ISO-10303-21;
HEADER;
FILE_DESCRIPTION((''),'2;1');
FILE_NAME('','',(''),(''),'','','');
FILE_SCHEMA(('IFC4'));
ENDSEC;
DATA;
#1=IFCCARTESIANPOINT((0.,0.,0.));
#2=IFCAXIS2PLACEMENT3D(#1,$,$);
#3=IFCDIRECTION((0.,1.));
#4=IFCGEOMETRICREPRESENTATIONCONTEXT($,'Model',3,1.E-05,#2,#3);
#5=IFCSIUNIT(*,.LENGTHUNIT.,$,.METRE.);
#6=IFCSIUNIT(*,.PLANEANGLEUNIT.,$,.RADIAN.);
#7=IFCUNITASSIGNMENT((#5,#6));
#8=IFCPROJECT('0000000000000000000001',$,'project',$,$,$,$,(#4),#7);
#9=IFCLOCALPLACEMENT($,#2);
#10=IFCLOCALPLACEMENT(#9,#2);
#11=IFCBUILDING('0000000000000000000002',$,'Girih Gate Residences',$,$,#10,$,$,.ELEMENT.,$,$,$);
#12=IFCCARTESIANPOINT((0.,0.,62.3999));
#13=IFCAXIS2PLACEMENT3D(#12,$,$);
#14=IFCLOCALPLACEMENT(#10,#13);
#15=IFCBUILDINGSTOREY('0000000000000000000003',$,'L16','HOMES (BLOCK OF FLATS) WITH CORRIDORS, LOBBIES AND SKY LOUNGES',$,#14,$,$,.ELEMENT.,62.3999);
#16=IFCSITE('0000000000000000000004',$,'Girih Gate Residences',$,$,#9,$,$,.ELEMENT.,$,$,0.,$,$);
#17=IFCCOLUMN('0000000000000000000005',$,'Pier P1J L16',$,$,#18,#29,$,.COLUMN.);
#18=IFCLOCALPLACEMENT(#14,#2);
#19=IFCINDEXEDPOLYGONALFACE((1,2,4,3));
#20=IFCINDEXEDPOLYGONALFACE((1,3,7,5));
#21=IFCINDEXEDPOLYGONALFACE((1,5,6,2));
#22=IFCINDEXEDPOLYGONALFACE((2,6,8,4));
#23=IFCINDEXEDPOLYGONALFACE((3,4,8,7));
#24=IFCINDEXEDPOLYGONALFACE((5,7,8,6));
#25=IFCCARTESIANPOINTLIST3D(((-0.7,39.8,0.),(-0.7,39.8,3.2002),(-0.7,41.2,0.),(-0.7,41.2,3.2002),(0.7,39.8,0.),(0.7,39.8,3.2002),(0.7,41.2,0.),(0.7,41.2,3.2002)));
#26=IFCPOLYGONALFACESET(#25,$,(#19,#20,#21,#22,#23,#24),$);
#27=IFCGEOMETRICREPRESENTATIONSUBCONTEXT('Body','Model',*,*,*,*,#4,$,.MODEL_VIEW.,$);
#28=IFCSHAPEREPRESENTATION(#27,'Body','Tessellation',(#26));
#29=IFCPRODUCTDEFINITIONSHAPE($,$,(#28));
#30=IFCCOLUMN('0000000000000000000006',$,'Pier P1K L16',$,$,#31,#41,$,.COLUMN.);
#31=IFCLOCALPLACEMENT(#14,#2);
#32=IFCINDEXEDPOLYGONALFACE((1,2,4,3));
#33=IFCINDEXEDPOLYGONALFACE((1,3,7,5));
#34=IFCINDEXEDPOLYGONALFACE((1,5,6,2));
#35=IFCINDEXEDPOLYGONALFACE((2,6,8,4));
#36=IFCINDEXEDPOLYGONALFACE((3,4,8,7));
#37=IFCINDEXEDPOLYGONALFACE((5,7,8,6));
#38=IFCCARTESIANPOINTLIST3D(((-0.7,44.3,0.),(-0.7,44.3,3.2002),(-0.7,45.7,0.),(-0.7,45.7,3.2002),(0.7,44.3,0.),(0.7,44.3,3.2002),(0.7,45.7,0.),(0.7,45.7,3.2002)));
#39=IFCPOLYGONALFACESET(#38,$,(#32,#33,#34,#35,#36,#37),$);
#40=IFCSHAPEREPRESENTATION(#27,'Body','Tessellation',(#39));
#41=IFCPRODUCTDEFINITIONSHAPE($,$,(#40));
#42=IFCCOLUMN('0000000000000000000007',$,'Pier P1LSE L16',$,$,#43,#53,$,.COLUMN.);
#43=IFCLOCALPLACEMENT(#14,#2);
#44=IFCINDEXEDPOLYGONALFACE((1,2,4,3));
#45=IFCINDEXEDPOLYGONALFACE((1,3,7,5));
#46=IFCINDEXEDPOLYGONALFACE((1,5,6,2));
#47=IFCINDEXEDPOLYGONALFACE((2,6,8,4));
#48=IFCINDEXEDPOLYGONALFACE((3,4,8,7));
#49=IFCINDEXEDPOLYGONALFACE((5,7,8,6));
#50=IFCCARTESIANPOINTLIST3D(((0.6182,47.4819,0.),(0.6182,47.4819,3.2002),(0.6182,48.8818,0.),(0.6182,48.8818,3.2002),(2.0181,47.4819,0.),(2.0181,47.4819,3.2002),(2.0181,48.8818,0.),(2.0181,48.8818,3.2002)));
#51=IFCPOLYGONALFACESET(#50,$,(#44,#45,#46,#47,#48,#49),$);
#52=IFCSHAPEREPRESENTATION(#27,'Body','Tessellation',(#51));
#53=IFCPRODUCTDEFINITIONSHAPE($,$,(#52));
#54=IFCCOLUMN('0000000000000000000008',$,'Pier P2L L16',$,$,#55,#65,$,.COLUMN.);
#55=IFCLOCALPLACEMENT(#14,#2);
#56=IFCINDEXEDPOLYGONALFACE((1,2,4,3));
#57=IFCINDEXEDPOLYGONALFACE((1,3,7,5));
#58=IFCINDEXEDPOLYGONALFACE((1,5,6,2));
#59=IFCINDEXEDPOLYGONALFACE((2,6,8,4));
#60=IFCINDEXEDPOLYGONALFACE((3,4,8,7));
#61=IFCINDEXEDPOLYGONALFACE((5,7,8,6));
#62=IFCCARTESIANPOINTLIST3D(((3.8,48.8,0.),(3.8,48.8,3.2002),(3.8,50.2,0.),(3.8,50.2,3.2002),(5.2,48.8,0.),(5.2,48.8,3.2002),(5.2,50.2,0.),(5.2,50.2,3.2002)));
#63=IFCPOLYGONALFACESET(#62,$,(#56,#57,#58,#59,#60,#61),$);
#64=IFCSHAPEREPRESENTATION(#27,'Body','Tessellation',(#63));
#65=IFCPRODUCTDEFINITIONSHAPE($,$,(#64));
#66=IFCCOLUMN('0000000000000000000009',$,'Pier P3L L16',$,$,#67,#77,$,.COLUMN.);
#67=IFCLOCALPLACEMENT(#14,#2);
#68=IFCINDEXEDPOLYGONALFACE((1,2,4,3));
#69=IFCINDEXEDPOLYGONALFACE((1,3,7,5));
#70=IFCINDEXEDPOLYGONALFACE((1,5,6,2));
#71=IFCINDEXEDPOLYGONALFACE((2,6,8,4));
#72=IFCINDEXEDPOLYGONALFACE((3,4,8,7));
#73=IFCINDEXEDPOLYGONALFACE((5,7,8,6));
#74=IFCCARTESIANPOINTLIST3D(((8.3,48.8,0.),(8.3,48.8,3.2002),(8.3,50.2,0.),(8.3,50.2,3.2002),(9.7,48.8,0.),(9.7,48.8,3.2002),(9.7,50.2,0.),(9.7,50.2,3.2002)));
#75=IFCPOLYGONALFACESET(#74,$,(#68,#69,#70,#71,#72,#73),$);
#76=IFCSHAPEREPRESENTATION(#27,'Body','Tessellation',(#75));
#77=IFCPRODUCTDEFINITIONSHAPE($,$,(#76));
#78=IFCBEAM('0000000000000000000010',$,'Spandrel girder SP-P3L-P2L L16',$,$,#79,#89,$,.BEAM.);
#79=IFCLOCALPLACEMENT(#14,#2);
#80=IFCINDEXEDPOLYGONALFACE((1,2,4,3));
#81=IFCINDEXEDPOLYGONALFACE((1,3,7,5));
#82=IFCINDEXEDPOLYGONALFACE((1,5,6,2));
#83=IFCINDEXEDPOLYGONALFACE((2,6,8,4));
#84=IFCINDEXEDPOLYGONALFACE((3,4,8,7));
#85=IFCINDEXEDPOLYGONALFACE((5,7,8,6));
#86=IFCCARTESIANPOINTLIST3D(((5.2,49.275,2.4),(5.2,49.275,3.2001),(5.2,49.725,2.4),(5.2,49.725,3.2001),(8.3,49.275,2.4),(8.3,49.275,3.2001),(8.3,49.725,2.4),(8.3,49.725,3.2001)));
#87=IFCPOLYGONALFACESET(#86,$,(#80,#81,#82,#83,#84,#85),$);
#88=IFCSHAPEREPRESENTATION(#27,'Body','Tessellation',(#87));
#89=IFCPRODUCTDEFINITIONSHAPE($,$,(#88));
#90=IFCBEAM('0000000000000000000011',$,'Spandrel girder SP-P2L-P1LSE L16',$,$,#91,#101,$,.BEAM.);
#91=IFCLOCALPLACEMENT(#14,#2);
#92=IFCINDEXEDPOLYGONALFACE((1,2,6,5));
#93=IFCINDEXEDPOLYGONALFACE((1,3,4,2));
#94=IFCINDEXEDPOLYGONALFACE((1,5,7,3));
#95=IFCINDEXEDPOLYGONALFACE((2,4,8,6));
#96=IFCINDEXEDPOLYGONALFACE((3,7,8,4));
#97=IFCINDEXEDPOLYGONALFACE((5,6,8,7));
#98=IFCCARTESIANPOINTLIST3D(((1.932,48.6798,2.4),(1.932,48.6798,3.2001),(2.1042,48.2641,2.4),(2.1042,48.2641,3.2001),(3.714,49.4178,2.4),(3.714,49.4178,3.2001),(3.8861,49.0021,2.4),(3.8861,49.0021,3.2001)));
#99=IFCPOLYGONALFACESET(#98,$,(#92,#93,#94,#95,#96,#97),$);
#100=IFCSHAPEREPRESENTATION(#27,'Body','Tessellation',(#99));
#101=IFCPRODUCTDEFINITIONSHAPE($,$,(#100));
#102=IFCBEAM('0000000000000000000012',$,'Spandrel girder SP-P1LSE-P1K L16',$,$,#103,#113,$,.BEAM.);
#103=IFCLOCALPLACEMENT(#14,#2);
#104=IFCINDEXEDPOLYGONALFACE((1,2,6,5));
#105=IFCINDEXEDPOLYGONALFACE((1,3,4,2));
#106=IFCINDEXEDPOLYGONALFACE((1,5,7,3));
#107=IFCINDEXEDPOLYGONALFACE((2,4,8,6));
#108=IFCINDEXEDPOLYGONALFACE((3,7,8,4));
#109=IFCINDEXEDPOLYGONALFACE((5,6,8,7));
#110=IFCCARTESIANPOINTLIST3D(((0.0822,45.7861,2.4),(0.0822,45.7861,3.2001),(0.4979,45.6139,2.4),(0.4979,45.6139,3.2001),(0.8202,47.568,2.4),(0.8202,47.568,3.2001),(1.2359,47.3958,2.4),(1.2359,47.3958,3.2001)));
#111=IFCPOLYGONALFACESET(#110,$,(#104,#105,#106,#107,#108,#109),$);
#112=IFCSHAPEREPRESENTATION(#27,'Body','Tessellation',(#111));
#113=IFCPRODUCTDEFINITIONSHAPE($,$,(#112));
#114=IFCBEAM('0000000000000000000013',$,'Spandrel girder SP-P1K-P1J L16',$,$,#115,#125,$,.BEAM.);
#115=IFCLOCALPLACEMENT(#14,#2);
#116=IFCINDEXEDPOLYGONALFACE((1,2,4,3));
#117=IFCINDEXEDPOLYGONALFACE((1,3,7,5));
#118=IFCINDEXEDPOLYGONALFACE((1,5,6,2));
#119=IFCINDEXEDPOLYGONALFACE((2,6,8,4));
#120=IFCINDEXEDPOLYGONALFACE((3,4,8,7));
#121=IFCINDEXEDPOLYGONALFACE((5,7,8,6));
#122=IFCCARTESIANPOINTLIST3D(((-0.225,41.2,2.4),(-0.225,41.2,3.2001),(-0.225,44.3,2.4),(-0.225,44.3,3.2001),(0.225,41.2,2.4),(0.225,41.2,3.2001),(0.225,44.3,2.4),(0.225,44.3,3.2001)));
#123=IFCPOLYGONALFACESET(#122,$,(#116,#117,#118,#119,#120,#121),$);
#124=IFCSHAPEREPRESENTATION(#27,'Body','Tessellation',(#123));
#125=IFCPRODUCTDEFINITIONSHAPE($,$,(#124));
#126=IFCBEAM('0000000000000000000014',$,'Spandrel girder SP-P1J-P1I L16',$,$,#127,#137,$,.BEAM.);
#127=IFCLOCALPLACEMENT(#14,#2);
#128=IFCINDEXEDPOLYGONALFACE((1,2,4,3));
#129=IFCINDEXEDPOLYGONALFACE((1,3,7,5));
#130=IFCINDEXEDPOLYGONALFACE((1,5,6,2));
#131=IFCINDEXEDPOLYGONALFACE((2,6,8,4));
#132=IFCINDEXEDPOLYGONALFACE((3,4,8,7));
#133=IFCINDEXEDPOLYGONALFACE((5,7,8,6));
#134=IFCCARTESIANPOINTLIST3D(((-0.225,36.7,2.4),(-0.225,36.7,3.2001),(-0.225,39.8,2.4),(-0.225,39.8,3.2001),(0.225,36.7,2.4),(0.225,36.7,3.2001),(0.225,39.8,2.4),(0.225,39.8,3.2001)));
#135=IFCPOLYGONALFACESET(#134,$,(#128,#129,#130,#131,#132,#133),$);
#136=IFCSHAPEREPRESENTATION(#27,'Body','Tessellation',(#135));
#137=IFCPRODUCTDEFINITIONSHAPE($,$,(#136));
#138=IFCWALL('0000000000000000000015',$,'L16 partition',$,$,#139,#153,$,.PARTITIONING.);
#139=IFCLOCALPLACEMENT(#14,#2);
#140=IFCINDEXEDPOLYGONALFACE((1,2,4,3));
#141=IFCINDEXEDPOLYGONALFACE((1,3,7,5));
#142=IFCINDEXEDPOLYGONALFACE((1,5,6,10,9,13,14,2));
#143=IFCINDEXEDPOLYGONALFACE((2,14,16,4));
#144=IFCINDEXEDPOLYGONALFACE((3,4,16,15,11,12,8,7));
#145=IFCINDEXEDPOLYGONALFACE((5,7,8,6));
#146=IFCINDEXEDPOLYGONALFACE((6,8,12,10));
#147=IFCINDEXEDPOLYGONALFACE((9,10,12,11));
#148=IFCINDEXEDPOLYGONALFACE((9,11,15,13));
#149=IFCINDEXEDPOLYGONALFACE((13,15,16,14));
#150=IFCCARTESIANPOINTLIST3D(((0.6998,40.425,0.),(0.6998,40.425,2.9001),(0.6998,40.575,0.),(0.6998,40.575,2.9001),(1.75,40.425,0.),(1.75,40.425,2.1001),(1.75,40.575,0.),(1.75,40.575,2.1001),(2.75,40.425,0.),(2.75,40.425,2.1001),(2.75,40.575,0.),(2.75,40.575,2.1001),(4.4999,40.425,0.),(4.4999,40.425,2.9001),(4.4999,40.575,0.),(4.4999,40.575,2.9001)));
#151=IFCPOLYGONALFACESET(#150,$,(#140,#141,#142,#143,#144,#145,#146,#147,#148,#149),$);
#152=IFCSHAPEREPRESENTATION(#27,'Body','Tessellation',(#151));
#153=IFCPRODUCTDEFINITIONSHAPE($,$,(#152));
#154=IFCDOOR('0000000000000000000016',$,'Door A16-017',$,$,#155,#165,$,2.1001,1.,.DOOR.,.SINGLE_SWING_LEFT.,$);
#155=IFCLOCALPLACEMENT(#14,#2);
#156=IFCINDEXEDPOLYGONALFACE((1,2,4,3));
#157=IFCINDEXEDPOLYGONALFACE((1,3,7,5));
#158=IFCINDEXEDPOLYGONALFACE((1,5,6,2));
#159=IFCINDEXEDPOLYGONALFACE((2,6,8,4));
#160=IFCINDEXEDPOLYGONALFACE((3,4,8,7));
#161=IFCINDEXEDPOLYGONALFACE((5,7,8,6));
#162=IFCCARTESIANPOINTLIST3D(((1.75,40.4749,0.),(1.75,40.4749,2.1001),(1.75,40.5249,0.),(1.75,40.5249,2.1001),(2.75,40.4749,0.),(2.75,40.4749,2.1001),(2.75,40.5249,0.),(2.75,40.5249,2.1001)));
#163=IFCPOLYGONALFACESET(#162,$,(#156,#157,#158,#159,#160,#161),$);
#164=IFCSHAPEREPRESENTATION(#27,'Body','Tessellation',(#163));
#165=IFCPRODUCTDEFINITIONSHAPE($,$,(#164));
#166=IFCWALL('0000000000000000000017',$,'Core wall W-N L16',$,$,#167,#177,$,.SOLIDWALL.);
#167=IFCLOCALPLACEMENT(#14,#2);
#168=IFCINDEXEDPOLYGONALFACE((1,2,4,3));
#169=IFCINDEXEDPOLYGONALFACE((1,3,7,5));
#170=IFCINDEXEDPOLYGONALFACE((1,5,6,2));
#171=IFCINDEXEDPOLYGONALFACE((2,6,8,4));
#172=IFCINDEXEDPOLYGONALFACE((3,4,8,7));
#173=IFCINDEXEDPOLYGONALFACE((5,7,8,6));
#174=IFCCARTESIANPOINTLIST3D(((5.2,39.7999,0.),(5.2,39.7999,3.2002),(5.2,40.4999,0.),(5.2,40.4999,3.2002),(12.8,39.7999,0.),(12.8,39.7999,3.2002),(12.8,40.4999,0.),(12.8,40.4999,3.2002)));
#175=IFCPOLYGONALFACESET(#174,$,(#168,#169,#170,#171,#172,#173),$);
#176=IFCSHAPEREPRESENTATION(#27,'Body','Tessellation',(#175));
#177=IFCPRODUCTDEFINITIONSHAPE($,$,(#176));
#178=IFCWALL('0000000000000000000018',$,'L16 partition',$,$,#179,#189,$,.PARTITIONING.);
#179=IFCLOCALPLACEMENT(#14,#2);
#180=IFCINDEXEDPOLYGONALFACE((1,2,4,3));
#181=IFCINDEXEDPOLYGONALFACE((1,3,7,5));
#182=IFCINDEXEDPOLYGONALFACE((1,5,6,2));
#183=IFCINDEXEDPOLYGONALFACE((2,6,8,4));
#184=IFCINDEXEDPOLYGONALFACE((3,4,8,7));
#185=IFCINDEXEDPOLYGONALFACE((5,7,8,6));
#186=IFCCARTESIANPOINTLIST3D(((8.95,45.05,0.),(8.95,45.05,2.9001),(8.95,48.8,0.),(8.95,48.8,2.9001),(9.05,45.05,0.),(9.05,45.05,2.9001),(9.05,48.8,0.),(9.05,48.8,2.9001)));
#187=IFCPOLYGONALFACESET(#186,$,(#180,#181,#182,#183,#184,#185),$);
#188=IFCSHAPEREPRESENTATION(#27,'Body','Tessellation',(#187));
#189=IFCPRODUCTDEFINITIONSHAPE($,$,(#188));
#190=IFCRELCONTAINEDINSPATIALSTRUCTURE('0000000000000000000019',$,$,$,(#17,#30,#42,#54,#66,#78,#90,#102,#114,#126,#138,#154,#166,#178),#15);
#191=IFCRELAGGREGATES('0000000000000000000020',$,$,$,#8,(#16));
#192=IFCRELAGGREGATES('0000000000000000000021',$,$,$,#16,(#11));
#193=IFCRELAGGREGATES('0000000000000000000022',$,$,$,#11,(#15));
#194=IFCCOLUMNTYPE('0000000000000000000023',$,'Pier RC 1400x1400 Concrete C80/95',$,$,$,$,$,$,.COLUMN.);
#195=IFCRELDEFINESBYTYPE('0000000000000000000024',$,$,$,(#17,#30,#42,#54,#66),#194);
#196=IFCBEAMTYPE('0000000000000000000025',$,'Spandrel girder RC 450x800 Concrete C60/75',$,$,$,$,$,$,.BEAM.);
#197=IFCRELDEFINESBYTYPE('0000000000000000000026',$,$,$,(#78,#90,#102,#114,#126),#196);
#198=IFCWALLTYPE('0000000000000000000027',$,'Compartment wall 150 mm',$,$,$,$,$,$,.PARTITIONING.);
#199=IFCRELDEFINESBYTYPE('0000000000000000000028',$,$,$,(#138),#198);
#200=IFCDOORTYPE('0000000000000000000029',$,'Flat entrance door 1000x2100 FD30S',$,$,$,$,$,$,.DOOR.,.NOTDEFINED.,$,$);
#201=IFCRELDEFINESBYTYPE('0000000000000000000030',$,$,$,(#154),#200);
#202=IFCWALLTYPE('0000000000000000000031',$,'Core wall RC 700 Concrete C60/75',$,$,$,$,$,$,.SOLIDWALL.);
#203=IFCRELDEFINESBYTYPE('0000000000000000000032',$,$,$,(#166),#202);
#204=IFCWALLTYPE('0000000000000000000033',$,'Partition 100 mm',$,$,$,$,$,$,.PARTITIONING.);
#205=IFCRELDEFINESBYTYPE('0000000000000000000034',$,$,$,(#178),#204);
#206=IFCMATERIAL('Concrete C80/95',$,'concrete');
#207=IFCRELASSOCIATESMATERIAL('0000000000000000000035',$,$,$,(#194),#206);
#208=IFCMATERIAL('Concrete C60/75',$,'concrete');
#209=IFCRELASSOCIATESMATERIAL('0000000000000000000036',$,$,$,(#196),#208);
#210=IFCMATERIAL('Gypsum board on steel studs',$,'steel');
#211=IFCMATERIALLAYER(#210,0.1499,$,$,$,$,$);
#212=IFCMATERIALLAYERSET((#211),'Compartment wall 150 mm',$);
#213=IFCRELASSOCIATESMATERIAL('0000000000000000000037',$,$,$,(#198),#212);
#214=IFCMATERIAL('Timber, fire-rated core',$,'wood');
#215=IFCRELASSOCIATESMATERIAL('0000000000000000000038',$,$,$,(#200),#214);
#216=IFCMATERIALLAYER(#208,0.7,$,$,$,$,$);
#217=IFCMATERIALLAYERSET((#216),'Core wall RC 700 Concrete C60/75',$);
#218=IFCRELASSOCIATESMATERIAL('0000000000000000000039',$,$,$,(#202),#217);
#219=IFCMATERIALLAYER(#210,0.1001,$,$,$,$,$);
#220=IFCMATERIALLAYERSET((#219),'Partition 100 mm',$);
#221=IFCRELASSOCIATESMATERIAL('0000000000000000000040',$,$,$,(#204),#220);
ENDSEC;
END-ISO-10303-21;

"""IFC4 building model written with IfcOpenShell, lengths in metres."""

from ifc_helpers import new_model, si_unit, direction, frame, frame_2d, origin, origin_2d, place, context, subcontext, project, spatial, rectangle, extrude, material, layer, layer_set, material_profile, profile_set, type_object, element, fill, save


model = new_model("IFC4")

# Units and contexts
model_context = context("Model", 3, precision=1e-05, world=origin(), true_north=direction((0.0, 1.0)))
body_context = subcontext(model_context, "Body", "Model", "MODEL_VIEW")
ifc_project = project(units=[si_unit("LENGTHUNIT", "METRE"), si_unit("PLANEANGLEUNIT", "RADIAN")], contexts=[model_context])

# Site, building, storey
site_placement = place(None, origin())
site = spatial("IfcSite", under=ifc_project, at=site_placement, Name="Girih Gate Residences", CompositionType="ELEMENT", RefElevation=0.0)
building_placement = place(site_placement, origin())
building = spatial("IfcBuilding", under=site, at=building_placement, Name="Girih Gate Residences", CompositionType="ELEMENT")
storey_placement = place(building_placement, frame((0.0, 0.0, 62.3999)))
storey = spatial("IfcBuildingStorey", under=building, at=storey_placement, Name="L16", Description="HOMES (BLOCK OF FLATS) WITH CORRIDORS, LOBBIES AND SKY LOUNGES", CompositionType="ELEMENT", Elevation=62.3999)

# Columns
ifc_material_1 = material(Name="Concrete C80/95", Category="concrete")
ifc_material_profile_1 = material_profile(ifc_material_1, rectangle(XDim=1.3999, YDim=1.3999, at=origin_2d()))
ifc_profile_set_1 = profile_set([ifc_material_profile_1], Name="Concrete C80/95")
column_type = type_object("IfcColumnType", Name="Pier RC 1400x1400 Concrete C80/95", PredefinedType="COLUMN", material=ifc_profile_set_1)
for number, where, z_axis, x_axis, name in (
    (1, (0.0, 40.5, 0.0), (0.0, 0.0, 1.0), (1.0, 0.0, 0.0), "Pier P1J L16"),
    (2, (0.0, 45.0, 0.0), (0.0, 0.0, 1.0), (1.0, 0.0, 0.0), "Pier P1K L16"),
    (3, (1.3181, 48.1819, 0.0), (0.0, 0.0, 1.0), (1.0, 0.0, 0.0), "Pier P1LSE L16"),
    (4, (4.5, 49.5, 0.0), (0.0, 0.0, 1.0), (1.0, 0.0, 0.0), "Pier P2L L16"),
    (5, (9.0, 49.5, 0.0), (0.0, 0.0, 1.0), (1.0, 0.0, 0.0), "Pier P3L L16"),
):
    element("IfcColumn", number, at=place(storey_placement, frame(where, z_axis=z_axis, x_axis=x_axis)), inside=storey, type_object=column_type, Name=name, PredefinedType="COLUMN", context=body_context, shape_type="SweptSolid", body=[
        extrude(rectangle(XDim=1.3999, YDim=1.3999, at=origin_2d()), origin(), (0.0, 0.0, 1.0), 3.2002),
    ])

# Beams
ifc_material_2 = material(Name="Concrete C60/75", Category="concrete")
ifc_material_profile_2 = material_profile(ifc_material_2, rectangle(XDim=0.45, YDim=0.8, at=origin_2d()))
ifc_profile_set_2 = profile_set([ifc_material_profile_2], Name="Concrete C60/75")
beam_type = type_object("IfcBeamType", Name="Spandrel girder RC 450x800 Concrete C60/75", PredefinedType="BEAM", material=ifc_profile_set_2)
beam_placement = place(storey_placement, frame((8.3, 49.5, 2.8), z_axis=(-1.0, 0.0, 0.0), x_axis=(0.0, -1.0, 0.0)))
element("IfcBeam", 6, at=beam_placement, inside=storey, type_object=beam_type, Name="Spandrel girder SP-P3L-P2L L16", PredefinedType="BEAM", context=body_context, shape_type="SweptSolid", body=[
    extrude(rectangle(XDim=0.45, YDim=0.8, at=origin_2d()), origin(), (0.0, 0.0, 1.0), 3.1001),
])
for number, where, z_axis, x_axis, name in (
    (7, (3.8, 49.21, 2.8), (-0.923895, -0.382646, 0.0), (0.382646, -0.923895, 0.0), "Spandrel girder SP-P2L-P1LSE L16"),
    (8, (1.0281, 47.4819, 2.8), (-0.382646, -0.923895, 0.0), (0.923895, -0.382646, 0.0), "Spandrel girder SP-P1LSE-P1K L16"),
):
    element("IfcBeam", number, at=place(storey_placement, frame(where, z_axis=z_axis, x_axis=x_axis)), inside=storey, type_object=beam_type, Name=name, PredefinedType="BEAM", context=body_context, shape_type="SweptSolid", body=[
        extrude(rectangle(XDim=0.45, YDim=0.8, at=origin_2d()), origin(), (0.0, 0.0, 1.0), 1.9287),
    ])
for number, where, z_axis, x_axis, name in (
    (9, (0.0, 44.3, 2.8), (0.0, -1.0, 0.0), (1.0, 0.0, 0.0), "Spandrel girder SP-P1K-P1J L16"),
    (10, (0.0, 39.8, 2.8), (0.0, -1.0, 0.0), (1.0, 0.0, 0.0), "Spandrel girder SP-P1J-P1I L16"),
):
    element("IfcBeam", number, at=place(storey_placement, frame(where, z_axis=z_axis, x_axis=x_axis)), inside=storey, type_object=beam_type, Name=name, PredefinedType="BEAM", context=body_context, shape_type="SweptSolid", body=[
        extrude(rectangle(XDim=0.45, YDim=0.8, at=origin_2d()), origin(), (0.0, 0.0, 1.0), 3.1001),
    ])

# Wall, opening, door
ifc_material_3 = material(Name="Gypsum board on steel studs", Category="steel")
ifc_layer_1 = layer(ifc_material_3, 0.1499)
ifc_layer_set_1 = layer_set([ifc_layer_1], Name="Compartment wall 150 mm")
wall_type_1 = type_object("IfcWallType", Name="Compartment wall 150 mm", PredefinedType="PARTITIONING", material=ifc_layer_set_1)
wall_1_placement = place(storey_placement, frame((0.7, 40.5, 0.0), z_axis=(0.0, 0.0, 1.0), x_axis=(1.0, 0.0, 0.0)))
wall_1 = element("IfcWall", 11, at=wall_1_placement, inside=storey, type_object=wall_type_1, Name="L16 partition", PredefinedType="PARTITIONING", context=body_context, shape_type="SweptSolid", body=[
    extrude(rectangle(XDim=3.8, YDim=0.1499, at=frame_2d((1.8999, 0.0))), origin(), (0.0, 0.0, 1.0), 2.9001),
])
opening_1_placement = place(wall_1_placement, frame((1.05, 0.0, 0.0)))
opening_1 = element("IfcOpeningElement", 12, at=opening_1_placement, cuts=wall_1, PredefinedType="OPENING", context=body_context, shape_type="SweptSolid", body=[
    extrude(rectangle(XDim=1.0, YDim=2.1001, at=frame_2d((0.5, 1.05))), frame((0.0, 0.085, 0.0), z_axis=(0.0, -1.0, 0.0), x_axis=(1.0, 0.0, 0.0)), (0.0, 0.0, 1.0), 0.1699),
])
ifc_material_4 = material(Name="Timber, fire-rated core", Category="wood")
door_type_1 = type_object("IfcDoorType", Name="Flat entrance door 1000x2100 FD30S", OperationType="NOTDEFINED", PredefinedType="DOOR", material=ifc_material_4)
door_1_placement = place(opening_1_placement, origin())
door_1 = element("IfcDoor", 13, at=door_1_placement, inside=storey, type_object=door_type_1, Name="Door A16-017", OperationType="SINGLE_SWING_LEFT", OverallHeight=2.1001, OverallWidth=1.0, PredefinedType="DOOR", context=body_context, shape_type="SweptSolid", body=[
    extrude(rectangle(XDim=1.0, YDim=2.1001, at=frame_2d((0.5, 1.05))), frame((0.0, 0.0249, 0.0), z_axis=(0.0, -1.0, 0.0), x_axis=(1.0, 0.0, 0.0)), (0.0, 0.0, 1.0), 0.05),
])
fill(opening_1, door_1)

# Walls
ifc_layer_2 = layer(ifc_material_2, 0.7)
ifc_layer_set_2 = layer_set([ifc_layer_2], Name="Core wall RC 700 Concrete C60/75")
wall_type_2 = type_object("IfcWallType", Name="Core wall RC 700 Concrete C60/75", PredefinedType="SOLIDWALL", material=ifc_layer_set_2)
wall_2_placement = place(storey_placement, frame((5.2, 40.1499, 0.0), z_axis=(0.0, 0.0, 1.0), x_axis=(1.0, 0.0, 0.0)))
element("IfcWall", 14, at=wall_2_placement, inside=storey, type_object=wall_type_2, Name="Core wall W-N L16", PredefinedType="SOLIDWALL", context=body_context, shape_type="SweptSolid", body=[
    extrude(rectangle(XDim=7.6001, YDim=0.7, at=frame_2d((3.8, 0.0))), origin(), (0.0, 0.0, 1.0), 3.2002),
])
ifc_layer_3 = layer(ifc_material_3, 0.1001)
ifc_layer_set_3 = layer_set([ifc_layer_3], Name="Partition 100 mm")
wall_type_3 = type_object("IfcWallType", Name="Partition 100 mm", PredefinedType="PARTITIONING", material=ifc_layer_set_3)
wall_3_placement = place(storey_placement, frame((9.0, 45.05, 0.0), z_axis=(0.0, 0.0, 1.0), x_axis=(0.0, 1.0, 0.0)))
element("IfcWall", 15, at=wall_3_placement, inside=storey, type_object=wall_type_3, Name="L16 partition", PredefinedType="PARTITIONING", context=body_context, shape_type="SweptSolid", body=[
    extrude(rectangle(XDim=3.75, YDim=0.1001, at=frame_2d((1.875, 0.0))), origin(), (0.0, 0.0, 1.0), 2.9001),
])

save(model, "model.ifc")
